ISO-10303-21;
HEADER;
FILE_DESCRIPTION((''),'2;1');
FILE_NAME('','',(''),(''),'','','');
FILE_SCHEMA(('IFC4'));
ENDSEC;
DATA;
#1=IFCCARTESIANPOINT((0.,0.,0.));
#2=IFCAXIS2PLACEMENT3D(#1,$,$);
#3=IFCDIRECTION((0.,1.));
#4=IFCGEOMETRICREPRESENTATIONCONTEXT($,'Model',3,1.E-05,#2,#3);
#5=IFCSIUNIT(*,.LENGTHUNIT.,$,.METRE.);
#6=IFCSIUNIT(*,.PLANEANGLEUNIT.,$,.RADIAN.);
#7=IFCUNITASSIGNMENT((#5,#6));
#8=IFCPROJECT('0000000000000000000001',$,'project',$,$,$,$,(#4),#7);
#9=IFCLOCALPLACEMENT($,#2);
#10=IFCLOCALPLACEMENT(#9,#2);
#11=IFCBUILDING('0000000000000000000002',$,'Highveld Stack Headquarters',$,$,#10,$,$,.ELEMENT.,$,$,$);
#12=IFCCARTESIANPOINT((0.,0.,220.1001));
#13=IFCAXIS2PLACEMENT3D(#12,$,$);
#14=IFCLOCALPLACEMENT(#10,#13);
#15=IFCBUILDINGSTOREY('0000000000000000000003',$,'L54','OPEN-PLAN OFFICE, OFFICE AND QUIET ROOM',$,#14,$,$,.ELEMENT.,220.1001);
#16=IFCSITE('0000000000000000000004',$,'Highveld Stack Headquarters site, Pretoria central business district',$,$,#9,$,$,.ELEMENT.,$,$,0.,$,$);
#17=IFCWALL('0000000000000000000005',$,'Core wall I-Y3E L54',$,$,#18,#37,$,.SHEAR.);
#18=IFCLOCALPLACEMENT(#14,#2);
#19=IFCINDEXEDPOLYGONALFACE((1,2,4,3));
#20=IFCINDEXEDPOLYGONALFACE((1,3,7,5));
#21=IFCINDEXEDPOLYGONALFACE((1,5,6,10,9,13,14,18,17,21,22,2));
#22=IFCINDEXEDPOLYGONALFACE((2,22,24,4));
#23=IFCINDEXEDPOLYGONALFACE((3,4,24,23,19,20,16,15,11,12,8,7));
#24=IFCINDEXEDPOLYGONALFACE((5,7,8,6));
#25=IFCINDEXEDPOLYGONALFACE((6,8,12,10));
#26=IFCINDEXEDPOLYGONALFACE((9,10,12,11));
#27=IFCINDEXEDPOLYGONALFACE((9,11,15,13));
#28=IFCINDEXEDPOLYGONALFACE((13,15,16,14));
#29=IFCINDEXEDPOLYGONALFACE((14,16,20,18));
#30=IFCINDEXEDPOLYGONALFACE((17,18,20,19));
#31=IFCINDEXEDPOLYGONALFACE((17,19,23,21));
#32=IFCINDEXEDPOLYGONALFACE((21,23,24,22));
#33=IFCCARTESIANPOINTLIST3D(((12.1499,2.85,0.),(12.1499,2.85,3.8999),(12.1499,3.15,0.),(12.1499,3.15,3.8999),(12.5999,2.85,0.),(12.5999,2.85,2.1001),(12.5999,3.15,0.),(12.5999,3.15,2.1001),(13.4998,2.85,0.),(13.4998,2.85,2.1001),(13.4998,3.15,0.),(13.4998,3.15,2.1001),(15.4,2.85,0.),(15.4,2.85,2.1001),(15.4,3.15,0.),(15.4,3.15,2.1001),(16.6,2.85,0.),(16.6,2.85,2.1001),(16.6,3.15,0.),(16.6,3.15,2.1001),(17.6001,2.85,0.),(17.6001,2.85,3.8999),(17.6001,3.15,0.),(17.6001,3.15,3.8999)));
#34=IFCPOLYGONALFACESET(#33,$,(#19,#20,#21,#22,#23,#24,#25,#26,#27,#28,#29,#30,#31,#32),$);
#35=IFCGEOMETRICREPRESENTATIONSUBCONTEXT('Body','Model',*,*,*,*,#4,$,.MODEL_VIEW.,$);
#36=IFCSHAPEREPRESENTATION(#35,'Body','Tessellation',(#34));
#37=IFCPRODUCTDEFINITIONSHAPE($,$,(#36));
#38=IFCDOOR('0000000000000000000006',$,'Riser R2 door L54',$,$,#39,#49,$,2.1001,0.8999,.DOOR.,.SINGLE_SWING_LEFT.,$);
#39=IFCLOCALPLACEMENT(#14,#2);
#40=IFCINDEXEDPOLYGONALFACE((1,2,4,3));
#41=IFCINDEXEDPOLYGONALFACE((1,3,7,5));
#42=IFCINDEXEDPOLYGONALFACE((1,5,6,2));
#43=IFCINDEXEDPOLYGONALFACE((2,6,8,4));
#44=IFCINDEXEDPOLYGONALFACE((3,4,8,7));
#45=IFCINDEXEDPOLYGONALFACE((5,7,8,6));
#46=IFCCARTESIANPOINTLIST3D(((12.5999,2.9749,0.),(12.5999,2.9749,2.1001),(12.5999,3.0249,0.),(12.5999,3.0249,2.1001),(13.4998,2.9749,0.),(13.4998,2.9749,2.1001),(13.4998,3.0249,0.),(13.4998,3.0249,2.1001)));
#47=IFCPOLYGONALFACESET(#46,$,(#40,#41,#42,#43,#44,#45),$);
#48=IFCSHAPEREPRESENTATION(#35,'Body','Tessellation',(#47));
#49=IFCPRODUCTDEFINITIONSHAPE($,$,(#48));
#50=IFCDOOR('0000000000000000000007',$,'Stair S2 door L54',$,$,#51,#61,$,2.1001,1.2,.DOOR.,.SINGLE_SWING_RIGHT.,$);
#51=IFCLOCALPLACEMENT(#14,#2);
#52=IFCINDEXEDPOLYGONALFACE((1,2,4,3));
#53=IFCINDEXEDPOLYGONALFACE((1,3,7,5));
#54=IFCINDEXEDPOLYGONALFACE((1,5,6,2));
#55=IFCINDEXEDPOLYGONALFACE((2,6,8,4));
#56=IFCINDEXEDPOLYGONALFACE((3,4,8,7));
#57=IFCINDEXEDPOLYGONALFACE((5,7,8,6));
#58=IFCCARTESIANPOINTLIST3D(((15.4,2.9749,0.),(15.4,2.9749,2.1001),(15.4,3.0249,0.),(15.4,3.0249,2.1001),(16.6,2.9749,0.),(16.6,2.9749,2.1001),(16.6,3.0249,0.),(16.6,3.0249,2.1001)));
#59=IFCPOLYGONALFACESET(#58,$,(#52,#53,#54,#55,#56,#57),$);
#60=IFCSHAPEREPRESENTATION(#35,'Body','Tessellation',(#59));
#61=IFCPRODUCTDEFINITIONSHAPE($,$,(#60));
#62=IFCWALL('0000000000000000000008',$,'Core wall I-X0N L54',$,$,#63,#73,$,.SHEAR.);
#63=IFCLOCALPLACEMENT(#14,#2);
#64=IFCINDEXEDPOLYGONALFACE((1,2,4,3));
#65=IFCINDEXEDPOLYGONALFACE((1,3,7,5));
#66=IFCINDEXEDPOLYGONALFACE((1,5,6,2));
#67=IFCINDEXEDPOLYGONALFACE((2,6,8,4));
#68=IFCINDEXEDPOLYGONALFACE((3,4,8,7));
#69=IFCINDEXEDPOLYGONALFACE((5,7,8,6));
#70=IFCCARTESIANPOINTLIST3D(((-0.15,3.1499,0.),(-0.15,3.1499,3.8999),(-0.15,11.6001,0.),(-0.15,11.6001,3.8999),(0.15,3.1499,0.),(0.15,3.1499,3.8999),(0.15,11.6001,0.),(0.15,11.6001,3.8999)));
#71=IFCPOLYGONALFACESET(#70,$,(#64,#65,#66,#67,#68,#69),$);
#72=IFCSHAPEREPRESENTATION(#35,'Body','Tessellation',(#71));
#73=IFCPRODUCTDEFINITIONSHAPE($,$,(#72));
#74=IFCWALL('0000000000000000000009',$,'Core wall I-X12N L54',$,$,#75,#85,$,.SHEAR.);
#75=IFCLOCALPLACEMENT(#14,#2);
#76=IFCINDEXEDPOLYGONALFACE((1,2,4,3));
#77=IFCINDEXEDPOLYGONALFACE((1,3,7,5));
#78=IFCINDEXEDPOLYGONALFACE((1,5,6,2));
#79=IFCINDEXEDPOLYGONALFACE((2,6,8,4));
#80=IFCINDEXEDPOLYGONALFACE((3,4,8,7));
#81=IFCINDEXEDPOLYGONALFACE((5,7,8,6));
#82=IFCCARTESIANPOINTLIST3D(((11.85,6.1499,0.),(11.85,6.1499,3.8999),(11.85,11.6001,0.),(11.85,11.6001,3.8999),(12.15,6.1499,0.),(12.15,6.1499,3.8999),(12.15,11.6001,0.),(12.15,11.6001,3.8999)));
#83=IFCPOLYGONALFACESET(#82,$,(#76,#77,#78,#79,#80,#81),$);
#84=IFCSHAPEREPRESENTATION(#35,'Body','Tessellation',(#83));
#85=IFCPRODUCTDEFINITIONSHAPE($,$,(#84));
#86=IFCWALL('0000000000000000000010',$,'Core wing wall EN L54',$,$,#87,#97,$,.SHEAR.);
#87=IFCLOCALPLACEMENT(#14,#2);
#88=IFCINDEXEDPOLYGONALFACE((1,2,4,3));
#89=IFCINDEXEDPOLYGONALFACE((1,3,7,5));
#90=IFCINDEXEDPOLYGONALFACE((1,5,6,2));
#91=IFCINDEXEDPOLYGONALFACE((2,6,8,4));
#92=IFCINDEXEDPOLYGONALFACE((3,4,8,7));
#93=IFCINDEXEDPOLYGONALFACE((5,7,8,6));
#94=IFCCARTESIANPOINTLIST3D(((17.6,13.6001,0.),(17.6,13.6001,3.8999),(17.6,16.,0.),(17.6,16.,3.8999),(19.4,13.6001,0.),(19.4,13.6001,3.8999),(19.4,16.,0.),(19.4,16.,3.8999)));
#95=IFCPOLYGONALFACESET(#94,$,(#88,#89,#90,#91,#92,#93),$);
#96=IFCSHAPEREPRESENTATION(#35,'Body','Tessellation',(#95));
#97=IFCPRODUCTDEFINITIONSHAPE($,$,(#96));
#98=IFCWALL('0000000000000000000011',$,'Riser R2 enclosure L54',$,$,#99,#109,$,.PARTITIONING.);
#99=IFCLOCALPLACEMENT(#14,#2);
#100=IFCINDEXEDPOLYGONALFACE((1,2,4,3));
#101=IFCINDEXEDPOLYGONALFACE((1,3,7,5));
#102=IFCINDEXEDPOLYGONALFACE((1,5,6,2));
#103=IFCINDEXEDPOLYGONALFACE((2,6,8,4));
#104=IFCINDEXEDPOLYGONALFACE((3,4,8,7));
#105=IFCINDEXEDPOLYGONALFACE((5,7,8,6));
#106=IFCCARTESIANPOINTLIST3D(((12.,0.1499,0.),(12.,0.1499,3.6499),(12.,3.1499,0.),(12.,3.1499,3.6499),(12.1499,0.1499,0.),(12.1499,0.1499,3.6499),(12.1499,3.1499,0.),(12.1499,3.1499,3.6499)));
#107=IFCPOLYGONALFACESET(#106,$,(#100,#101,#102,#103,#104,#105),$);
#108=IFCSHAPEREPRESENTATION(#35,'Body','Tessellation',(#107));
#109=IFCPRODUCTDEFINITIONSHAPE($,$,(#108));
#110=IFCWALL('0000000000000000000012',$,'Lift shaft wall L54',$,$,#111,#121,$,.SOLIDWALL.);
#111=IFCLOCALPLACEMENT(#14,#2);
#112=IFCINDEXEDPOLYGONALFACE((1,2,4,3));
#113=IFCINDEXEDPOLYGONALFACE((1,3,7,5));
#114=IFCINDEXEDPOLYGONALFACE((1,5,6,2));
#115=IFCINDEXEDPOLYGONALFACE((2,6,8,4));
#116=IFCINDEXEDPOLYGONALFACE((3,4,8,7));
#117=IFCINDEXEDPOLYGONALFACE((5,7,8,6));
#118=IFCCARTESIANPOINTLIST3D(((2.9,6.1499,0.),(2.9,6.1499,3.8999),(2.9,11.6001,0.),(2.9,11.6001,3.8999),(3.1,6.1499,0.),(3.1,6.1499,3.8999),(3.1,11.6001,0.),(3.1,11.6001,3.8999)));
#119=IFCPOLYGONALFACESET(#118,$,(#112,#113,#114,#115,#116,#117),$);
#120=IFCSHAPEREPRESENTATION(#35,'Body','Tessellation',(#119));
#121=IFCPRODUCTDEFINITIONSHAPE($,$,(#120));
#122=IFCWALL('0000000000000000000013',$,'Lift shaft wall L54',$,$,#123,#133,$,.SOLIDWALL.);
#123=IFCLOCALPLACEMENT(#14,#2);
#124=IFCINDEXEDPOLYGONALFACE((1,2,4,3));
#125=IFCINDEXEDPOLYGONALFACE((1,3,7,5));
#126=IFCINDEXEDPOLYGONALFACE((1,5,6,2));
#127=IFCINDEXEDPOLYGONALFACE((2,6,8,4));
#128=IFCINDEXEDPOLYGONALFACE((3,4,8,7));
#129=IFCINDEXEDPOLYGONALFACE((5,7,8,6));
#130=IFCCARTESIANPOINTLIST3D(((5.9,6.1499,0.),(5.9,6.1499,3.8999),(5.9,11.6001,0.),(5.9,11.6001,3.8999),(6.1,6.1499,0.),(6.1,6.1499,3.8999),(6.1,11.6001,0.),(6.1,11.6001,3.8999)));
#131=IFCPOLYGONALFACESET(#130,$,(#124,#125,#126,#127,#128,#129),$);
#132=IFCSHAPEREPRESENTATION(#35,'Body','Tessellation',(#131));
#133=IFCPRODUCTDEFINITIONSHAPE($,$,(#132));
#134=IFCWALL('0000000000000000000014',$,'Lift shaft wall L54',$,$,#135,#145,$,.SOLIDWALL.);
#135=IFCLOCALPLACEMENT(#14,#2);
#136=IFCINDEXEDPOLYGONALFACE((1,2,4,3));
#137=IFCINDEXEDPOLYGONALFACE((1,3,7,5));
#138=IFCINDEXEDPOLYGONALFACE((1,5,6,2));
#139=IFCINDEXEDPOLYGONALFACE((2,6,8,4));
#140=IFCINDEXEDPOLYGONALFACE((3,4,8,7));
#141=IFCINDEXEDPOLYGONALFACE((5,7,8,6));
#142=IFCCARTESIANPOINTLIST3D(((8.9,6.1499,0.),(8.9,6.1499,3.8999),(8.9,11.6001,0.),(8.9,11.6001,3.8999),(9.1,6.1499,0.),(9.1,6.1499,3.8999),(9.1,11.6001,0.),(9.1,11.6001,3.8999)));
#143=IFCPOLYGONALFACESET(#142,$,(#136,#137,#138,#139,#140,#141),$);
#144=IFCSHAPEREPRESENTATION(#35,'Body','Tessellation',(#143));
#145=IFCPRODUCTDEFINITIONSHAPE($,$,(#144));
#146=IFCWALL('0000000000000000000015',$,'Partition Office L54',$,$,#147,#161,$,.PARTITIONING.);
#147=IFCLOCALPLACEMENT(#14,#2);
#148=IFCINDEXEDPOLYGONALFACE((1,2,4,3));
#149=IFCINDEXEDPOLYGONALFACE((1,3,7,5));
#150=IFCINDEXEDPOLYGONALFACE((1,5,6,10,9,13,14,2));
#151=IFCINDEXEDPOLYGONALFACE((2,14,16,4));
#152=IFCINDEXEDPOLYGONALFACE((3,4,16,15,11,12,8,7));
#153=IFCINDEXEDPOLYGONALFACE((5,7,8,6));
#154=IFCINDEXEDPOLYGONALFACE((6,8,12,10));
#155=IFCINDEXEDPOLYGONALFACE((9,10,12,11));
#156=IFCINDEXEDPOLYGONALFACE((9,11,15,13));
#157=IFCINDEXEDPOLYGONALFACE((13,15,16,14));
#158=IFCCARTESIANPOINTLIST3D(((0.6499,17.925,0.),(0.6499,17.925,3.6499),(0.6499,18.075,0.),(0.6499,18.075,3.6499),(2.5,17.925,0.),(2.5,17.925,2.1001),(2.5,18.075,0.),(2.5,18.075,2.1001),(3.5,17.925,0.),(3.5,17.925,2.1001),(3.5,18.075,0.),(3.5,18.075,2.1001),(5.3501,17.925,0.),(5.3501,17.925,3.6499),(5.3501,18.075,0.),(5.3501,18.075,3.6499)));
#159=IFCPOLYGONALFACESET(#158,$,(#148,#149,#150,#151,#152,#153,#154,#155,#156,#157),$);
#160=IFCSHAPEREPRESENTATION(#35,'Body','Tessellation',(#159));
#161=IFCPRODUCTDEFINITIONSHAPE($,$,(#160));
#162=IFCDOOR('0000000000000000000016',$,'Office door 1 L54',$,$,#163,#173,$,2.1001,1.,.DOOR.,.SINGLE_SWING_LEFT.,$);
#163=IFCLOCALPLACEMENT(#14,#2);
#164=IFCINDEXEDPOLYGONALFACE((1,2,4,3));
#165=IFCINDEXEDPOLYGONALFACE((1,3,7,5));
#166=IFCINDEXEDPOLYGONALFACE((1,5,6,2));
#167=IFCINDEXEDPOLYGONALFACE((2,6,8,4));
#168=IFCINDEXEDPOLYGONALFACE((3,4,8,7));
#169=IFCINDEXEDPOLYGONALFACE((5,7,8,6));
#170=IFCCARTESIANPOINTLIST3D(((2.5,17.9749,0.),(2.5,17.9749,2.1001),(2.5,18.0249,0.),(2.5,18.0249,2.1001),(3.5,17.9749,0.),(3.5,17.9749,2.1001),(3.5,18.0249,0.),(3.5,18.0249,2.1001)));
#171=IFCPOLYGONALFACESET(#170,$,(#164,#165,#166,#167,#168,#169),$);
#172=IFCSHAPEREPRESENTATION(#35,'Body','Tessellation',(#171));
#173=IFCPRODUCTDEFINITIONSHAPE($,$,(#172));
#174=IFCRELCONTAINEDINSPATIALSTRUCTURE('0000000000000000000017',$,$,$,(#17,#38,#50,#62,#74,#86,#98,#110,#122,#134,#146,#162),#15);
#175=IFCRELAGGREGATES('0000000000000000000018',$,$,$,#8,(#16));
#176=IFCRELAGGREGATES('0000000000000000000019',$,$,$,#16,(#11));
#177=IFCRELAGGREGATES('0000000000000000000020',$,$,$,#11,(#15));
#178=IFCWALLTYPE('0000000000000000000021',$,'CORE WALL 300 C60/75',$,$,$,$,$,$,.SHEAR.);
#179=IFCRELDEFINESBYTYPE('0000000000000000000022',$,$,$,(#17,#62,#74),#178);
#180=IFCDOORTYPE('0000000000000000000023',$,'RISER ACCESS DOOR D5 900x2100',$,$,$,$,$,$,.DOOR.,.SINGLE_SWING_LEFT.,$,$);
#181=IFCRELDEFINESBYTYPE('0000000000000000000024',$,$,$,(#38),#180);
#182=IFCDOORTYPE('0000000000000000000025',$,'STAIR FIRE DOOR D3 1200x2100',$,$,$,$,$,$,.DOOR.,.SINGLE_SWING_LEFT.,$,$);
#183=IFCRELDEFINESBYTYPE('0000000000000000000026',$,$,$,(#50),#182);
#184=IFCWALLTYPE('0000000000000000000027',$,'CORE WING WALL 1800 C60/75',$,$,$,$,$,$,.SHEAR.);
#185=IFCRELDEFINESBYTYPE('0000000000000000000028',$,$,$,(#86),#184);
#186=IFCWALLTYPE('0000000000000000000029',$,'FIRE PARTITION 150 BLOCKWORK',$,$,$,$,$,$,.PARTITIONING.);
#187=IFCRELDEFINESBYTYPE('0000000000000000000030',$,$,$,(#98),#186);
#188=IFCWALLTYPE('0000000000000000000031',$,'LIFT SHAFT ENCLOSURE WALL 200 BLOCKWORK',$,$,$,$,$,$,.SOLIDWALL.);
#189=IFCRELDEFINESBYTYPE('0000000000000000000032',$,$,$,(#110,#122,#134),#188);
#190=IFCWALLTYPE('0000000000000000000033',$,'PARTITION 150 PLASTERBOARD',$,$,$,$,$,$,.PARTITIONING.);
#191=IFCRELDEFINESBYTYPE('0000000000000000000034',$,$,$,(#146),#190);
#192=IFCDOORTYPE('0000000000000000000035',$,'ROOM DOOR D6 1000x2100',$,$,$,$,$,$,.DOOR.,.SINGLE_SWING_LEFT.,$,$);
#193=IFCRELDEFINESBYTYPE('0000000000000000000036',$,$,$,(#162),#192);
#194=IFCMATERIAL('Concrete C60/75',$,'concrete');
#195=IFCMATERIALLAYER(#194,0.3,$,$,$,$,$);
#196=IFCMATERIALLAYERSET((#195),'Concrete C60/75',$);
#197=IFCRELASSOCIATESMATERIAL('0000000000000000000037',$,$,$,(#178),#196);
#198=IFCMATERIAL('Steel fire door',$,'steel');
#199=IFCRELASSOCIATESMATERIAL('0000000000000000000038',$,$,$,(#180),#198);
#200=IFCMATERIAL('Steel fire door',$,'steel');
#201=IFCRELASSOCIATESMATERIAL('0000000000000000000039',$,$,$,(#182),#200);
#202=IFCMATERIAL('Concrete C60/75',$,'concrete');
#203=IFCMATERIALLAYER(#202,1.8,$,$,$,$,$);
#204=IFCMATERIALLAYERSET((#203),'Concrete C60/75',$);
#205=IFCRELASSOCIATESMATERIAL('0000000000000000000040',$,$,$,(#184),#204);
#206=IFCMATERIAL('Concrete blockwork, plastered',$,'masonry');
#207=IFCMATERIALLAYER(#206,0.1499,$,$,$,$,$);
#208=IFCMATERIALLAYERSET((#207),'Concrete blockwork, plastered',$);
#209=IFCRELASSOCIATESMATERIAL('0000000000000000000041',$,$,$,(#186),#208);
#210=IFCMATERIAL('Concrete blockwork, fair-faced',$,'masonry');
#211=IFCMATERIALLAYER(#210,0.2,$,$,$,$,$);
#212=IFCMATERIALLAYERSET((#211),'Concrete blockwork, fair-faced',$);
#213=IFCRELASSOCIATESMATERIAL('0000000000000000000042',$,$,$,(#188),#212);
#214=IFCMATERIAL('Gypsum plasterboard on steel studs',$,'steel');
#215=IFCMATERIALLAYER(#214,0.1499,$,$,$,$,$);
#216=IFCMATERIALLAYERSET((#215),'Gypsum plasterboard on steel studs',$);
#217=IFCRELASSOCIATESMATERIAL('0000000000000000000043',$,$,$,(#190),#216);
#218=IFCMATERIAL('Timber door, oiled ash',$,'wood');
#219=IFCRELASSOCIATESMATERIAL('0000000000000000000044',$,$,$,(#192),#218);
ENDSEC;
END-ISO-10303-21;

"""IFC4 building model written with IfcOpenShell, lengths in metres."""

from ifc_helpers import new_model, si_unit, direction, frame, frame_2d, origin, place, context, subcontext, project, spatial, rectangle, extrude, material, layer, layer_set, type_object, element, fill, save


model = new_model("IFC4")

# Units and contexts
model_context = context("Model", 3, precision=1e-05, world=origin(), true_north=direction((0.0, 1.0)))
body_context = subcontext(model_context, "Body", "Model", "MODEL_VIEW")
ifc_project = project(units=[si_unit("LENGTHUNIT", "METRE"), si_unit("PLANEANGLEUNIT", "RADIAN")], contexts=[model_context])

# Site, building, storey
site_placement = place(None, origin())
site = spatial("IfcSite", under=ifc_project, at=site_placement, Name="Highveld Stack Headquarters site, Pretoria central business district", CompositionType="ELEMENT", RefElevation=0.0)
building_placement = place(site_placement, origin())
building = spatial("IfcBuilding", under=site, at=building_placement, Name="Highveld Stack Headquarters", CompositionType="ELEMENT")
storey_placement = place(building_placement, frame((0.0, 0.0, 220.1001)))
storey = spatial("IfcBuildingStorey", under=building, at=storey_placement, Name="L54", Description="OPEN-PLAN OFFICE, OFFICE AND QUIET ROOM", CompositionType="ELEMENT", Elevation=220.1001)

# Wall, openings, doors
ifc_material_1 = material(Name="Concrete C60/75", Category="concrete")
ifc_layer_1 = layer(ifc_material_1, 0.3)
ifc_layer_set_1 = layer_set([ifc_layer_1], Name="Concrete C60/75")
wall_type_1 = type_object("IfcWallType", Name="CORE WALL 300 C60/75", PredefinedType="SHEAR", material=ifc_layer_set_1)
wall_1_placement = place(storey_placement, frame((12.1499, 3.0, 0.0), z_axis=(0.0, 0.0, 1.0), x_axis=(1.0, 0.0, 0.0)))
wall_1 = element("IfcWall", 1, at=wall_1_placement, inside=storey, type_object=wall_type_1, Name="Core wall I-Y3E L54", PredefinedType="SHEAR", context=body_context, shape_type="SweptSolid", body=[
    extrude(rectangle(XDim=5.4502, YDim=0.3, at=frame_2d((2.7251, 0.0))), origin(), (0.0, 0.0, 1.0), 3.8999),
])
opening_1_placement = place(wall_1_placement, frame((3.25, 0.0, 0.0)))
opening_1 = element("IfcOpeningElement", 2, at=opening_1_placement, cuts=wall_1, PredefinedType="OPENING", context=body_context, shape_type="SweptSolid", body=[
    extrude(rectangle(XDim=1.2, YDim=2.1001, at=frame_2d((0.6001, 1.05))), frame((0.0, 0.1599, 0.0), z_axis=(0.0, -1.0, 0.0), x_axis=(1.0, 0.0, 0.0)), (0.0, 0.0, 1.0), 0.3201),
])
opening_2_placement = place(wall_1_placement, frame((0.45, 0.0, 0.0)))
opening_2 = element("IfcOpeningElement", 3, at=opening_2_placement, cuts=wall_1, PredefinedType="OPENING", context=body_context, shape_type="SweptSolid", body=[
    extrude(rectangle(XDim=0.8999, YDim=2.1001, at=frame_2d((0.45, 1.05))), frame((0.0, 0.1599, 0.0), z_axis=(0.0, -1.0, 0.0), x_axis=(1.0, 0.0, 0.0)), (0.0, 0.0, 1.0), 0.3201),
])
ifc_material_2 = material(Name="Steel fire door", Category="steel")
door_type_1 = type_object("IfcDoorType", Name="RISER ACCESS DOOR D5 900x2100", OperationType="SINGLE_SWING_LEFT", PredefinedType="DOOR", material=ifc_material_2)
door_1_placement = place(opening_2_placement, origin())
door_1 = element("IfcDoor", 4, at=door_1_placement, inside=storey, type_object=door_type_1, Name="Riser R2 door L54", OperationType="SINGLE_SWING_LEFT", OverallHeight=2.1001, OverallWidth=0.8999, PredefinedType="DOOR", context=body_context, shape_type="SweptSolid", body=[
    extrude(rectangle(XDim=0.8999, YDim=2.1001, at=frame_2d((0.45, 1.05))), frame((0.0, 0.0249, 0.0), z_axis=(0.0, -1.0, 0.0), x_axis=(1.0, 0.0, 0.0)), (0.0, 0.0, 1.0), 0.05),
])
fill(opening_2, door_1)
ifc_material_3 = material(Name="Steel fire door", Category="steel")
door_type_2 = type_object("IfcDoorType", Name="STAIR FIRE DOOR D3 1200x2100", OperationType="SINGLE_SWING_LEFT", PredefinedType="DOOR", material=ifc_material_3)
door_2_placement = place(opening_1_placement, origin())
door_2 = element("IfcDoor", 5, at=door_2_placement, inside=storey, type_object=door_type_2, Name="Stair S2 door L54", OperationType="SINGLE_SWING_RIGHT", OverallHeight=2.1001, OverallWidth=1.2, PredefinedType="DOOR", context=body_context, shape_type="SweptSolid", body=[
    extrude(rectangle(XDim=1.2, YDim=2.1001, at=frame_2d((0.6001, 1.05))), frame((0.0, 0.0249, 0.0), z_axis=(0.0, -1.0, 0.0), x_axis=(1.0, 0.0, 0.0)), (0.0, 0.0, 1.0), 0.05),
])
fill(opening_1, door_2)

# Walls
wall_2_placement = place(storey_placement, frame((0.0, 3.1499, 0.0), z_axis=(0.0, 0.0, 1.0), x_axis=(0.0, 1.0, 0.0)))
element("IfcWall", 6, at=wall_2_placement, inside=storey, type_object=wall_type_1, Name="Core wall I-X0N L54", PredefinedType="SHEAR", context=body_context, shape_type="SweptSolid", body=[
    extrude(rectangle(XDim=8.4502, YDim=0.3, at=frame_2d((4.2251, 0.0))), origin(), (0.0, 0.0, 1.0), 3.8999),
])
wall_3_placement = place(storey_placement, frame((12.0, 6.1499, 0.0), z_axis=(0.0, 0.0, 1.0), x_axis=(0.0, 1.0, 0.0)))
element("IfcWall", 7, at=wall_3_placement, inside=storey, type_object=wall_type_1, Name="Core wall I-X12N L54", PredefinedType="SHEAR", context=body_context, shape_type="SweptSolid", body=[
    extrude(rectangle(XDim=5.4502, YDim=0.3, at=frame_2d((2.7251, 0.0))), origin(), (0.0, 0.0, 1.0), 3.8999),
])
ifc_material_4 = material(Name="Concrete C60/75", Category="concrete")
ifc_layer_2 = layer(ifc_material_4, 1.8)
ifc_layer_set_2 = layer_set([ifc_layer_2], Name="Concrete C60/75")
wall_type_2 = type_object("IfcWallType", Name="CORE WING WALL 1800 C60/75", PredefinedType="SHEAR", material=ifc_layer_set_2)
wall_4_placement = place(storey_placement, frame((18.5, 13.6001, 0.0), z_axis=(0.0, 0.0, 1.0), x_axis=(0.0, 1.0, 0.0)))
element("IfcWall", 8, at=wall_4_placement, inside=storey, type_object=wall_type_2, Name="Core wing wall EN L54", PredefinedType="SHEAR", context=body_context, shape_type="SweptSolid", body=[
    extrude(rectangle(XDim=2.3999, YDim=1.8, at=frame_2d((1.2, 0.0))), origin(), (0.0, 0.0, 1.0), 3.8999),
])
ifc_material_5 = material(Name="Concrete blockwork, plastered", Category="masonry")
ifc_layer_3 = layer(ifc_material_5, 0.1499)
ifc_layer_set_3 = layer_set([ifc_layer_3], Name="Concrete blockwork, plastered")
wall_type_3 = type_object("IfcWallType", Name="FIRE PARTITION 150 BLOCKWORK", PredefinedType="PARTITIONING", material=ifc_layer_set_3)
wall_5_placement = place(storey_placement, frame((12.075, 0.1499, 0.0), z_axis=(0.0, 0.0, 1.0), x_axis=(0.0, 1.0, 0.0)))
element("IfcWall", 9, at=wall_5_placement, inside=storey, type_object=wall_type_3, Name="Riser R2 enclosure L54", PredefinedType="PARTITIONING", context=body_context, shape_type="SweptSolid", body=[
    extrude(rectangle(XDim=3.0, YDim=0.1499, at=frame_2d((1.5, 0.0))), origin(), (0.0, 0.0, 1.0), 3.6499),
])
ifc_material_6 = material(Name="Concrete blockwork, fair-faced", Category="masonry")
ifc_layer_4 = layer(ifc_material_6, 0.2)
ifc_layer_set_4 = layer_set([ifc_layer_4], Name="Concrete blockwork, fair-faced")
wall_type_4 = type_object("IfcWallType", Name="LIFT SHAFT ENCLOSURE WALL 200 BLOCKWORK", PredefinedType="SOLIDWALL", material=ifc_layer_set_4)
for number, where, z_axis, x_axis, name in (
    (10, (3.0, 6.1499, 0.0), (0.0, 0.0, 1.0), (0.0, 1.0, 0.0), "Lift shaft wall L54"),
    (11, (6.0, 6.1499, 0.0), (0.0, 0.0, 1.0), (0.0, 1.0, 0.0), "Lift shaft wall L54"),
    (12, (9.0, 6.1499, 0.0), (0.0, 0.0, 1.0), (0.0, 1.0, 0.0), "Lift shaft wall L54"),
):
    element("IfcWall", number, at=place(storey_placement, frame(where, z_axis=z_axis, x_axis=x_axis)), inside=storey, type_object=wall_type_4, Name=name, PredefinedType="SOLIDWALL", context=body_context, shape_type="SweptSolid", body=[
        extrude(rectangle(XDim=5.4502, YDim=0.2, at=frame_2d((2.7251, 0.0))), origin(), (0.0, 0.0, 1.0), 3.8999),
    ])

# Wall, opening, door
ifc_material_7 = material(Name="Gypsum plasterboard on steel studs", Category="steel")
ifc_layer_5 = layer(ifc_material_7, 0.1499)
ifc_layer_set_5 = layer_set([ifc_layer_5], Name="Gypsum plasterboard on steel studs")
wall_type_5 = type_object("IfcWallType", Name="PARTITION 150 PLASTERBOARD", PredefinedType="PARTITIONING", material=ifc_layer_set_5)
wall_6_placement = place(storey_placement, frame((0.6499, 18.0, 0.0), z_axis=(0.0, 0.0, 1.0), x_axis=(1.0, 0.0, 0.0)))
wall_6 = element("IfcWall", 13, at=wall_6_placement, inside=storey, type_object=wall_type_5, Name="Partition Office L54", PredefinedType="PARTITIONING", context=body_context, shape_type="SweptSolid", body=[
    extrude(rectangle(XDim=4.7002, YDim=0.1499, at=frame_2d((2.3501, 0.0))), origin(), (0.0, 0.0, 1.0), 3.6499),
])
opening_3_placement = place(wall_6_placement, frame((1.8501, 0.0, 0.0)))
opening_3 = element("IfcOpeningElement", 14, at=opening_3_placement, cuts=wall_6, PredefinedType="OPENING", context=body_context, shape_type="SweptSolid", body=[
    extrude(rectangle(XDim=1.0, YDim=2.1001, at=frame_2d((0.5, 1.05))), frame((0.0, 0.085, 0.0), z_axis=(0.0, -1.0, 0.0), x_axis=(1.0, 0.0, 0.0)), (0.0, 0.0, 1.0), 0.1699),
])
ifc_material_8 = material(Name="Timber door, oiled ash", Category="wood")
door_type_3 = type_object("IfcDoorType", Name="ROOM DOOR D6 1000x2100", OperationType="SINGLE_SWING_LEFT", PredefinedType="DOOR", material=ifc_material_8)
door_3_placement = place(opening_3_placement, origin())
door_3 = element("IfcDoor", 15, at=door_3_placement, inside=storey, type_object=door_type_3, Name="Office door 1 L54", OperationType="SINGLE_SWING_LEFT", OverallHeight=2.1001, OverallWidth=1.0, PredefinedType="DOOR", context=body_context, shape_type="SweptSolid", body=[
    extrude(rectangle(XDim=1.0, YDim=2.1001, at=frame_2d((0.5, 1.05))), frame((0.0, 0.0249, 0.0), z_axis=(0.0, -1.0, 0.0), x_axis=(1.0, 0.0, 0.0)), (0.0, 0.0, 1.0), 0.05),
])
fill(opening_3, door_3)

save(model, "model.ifc")
